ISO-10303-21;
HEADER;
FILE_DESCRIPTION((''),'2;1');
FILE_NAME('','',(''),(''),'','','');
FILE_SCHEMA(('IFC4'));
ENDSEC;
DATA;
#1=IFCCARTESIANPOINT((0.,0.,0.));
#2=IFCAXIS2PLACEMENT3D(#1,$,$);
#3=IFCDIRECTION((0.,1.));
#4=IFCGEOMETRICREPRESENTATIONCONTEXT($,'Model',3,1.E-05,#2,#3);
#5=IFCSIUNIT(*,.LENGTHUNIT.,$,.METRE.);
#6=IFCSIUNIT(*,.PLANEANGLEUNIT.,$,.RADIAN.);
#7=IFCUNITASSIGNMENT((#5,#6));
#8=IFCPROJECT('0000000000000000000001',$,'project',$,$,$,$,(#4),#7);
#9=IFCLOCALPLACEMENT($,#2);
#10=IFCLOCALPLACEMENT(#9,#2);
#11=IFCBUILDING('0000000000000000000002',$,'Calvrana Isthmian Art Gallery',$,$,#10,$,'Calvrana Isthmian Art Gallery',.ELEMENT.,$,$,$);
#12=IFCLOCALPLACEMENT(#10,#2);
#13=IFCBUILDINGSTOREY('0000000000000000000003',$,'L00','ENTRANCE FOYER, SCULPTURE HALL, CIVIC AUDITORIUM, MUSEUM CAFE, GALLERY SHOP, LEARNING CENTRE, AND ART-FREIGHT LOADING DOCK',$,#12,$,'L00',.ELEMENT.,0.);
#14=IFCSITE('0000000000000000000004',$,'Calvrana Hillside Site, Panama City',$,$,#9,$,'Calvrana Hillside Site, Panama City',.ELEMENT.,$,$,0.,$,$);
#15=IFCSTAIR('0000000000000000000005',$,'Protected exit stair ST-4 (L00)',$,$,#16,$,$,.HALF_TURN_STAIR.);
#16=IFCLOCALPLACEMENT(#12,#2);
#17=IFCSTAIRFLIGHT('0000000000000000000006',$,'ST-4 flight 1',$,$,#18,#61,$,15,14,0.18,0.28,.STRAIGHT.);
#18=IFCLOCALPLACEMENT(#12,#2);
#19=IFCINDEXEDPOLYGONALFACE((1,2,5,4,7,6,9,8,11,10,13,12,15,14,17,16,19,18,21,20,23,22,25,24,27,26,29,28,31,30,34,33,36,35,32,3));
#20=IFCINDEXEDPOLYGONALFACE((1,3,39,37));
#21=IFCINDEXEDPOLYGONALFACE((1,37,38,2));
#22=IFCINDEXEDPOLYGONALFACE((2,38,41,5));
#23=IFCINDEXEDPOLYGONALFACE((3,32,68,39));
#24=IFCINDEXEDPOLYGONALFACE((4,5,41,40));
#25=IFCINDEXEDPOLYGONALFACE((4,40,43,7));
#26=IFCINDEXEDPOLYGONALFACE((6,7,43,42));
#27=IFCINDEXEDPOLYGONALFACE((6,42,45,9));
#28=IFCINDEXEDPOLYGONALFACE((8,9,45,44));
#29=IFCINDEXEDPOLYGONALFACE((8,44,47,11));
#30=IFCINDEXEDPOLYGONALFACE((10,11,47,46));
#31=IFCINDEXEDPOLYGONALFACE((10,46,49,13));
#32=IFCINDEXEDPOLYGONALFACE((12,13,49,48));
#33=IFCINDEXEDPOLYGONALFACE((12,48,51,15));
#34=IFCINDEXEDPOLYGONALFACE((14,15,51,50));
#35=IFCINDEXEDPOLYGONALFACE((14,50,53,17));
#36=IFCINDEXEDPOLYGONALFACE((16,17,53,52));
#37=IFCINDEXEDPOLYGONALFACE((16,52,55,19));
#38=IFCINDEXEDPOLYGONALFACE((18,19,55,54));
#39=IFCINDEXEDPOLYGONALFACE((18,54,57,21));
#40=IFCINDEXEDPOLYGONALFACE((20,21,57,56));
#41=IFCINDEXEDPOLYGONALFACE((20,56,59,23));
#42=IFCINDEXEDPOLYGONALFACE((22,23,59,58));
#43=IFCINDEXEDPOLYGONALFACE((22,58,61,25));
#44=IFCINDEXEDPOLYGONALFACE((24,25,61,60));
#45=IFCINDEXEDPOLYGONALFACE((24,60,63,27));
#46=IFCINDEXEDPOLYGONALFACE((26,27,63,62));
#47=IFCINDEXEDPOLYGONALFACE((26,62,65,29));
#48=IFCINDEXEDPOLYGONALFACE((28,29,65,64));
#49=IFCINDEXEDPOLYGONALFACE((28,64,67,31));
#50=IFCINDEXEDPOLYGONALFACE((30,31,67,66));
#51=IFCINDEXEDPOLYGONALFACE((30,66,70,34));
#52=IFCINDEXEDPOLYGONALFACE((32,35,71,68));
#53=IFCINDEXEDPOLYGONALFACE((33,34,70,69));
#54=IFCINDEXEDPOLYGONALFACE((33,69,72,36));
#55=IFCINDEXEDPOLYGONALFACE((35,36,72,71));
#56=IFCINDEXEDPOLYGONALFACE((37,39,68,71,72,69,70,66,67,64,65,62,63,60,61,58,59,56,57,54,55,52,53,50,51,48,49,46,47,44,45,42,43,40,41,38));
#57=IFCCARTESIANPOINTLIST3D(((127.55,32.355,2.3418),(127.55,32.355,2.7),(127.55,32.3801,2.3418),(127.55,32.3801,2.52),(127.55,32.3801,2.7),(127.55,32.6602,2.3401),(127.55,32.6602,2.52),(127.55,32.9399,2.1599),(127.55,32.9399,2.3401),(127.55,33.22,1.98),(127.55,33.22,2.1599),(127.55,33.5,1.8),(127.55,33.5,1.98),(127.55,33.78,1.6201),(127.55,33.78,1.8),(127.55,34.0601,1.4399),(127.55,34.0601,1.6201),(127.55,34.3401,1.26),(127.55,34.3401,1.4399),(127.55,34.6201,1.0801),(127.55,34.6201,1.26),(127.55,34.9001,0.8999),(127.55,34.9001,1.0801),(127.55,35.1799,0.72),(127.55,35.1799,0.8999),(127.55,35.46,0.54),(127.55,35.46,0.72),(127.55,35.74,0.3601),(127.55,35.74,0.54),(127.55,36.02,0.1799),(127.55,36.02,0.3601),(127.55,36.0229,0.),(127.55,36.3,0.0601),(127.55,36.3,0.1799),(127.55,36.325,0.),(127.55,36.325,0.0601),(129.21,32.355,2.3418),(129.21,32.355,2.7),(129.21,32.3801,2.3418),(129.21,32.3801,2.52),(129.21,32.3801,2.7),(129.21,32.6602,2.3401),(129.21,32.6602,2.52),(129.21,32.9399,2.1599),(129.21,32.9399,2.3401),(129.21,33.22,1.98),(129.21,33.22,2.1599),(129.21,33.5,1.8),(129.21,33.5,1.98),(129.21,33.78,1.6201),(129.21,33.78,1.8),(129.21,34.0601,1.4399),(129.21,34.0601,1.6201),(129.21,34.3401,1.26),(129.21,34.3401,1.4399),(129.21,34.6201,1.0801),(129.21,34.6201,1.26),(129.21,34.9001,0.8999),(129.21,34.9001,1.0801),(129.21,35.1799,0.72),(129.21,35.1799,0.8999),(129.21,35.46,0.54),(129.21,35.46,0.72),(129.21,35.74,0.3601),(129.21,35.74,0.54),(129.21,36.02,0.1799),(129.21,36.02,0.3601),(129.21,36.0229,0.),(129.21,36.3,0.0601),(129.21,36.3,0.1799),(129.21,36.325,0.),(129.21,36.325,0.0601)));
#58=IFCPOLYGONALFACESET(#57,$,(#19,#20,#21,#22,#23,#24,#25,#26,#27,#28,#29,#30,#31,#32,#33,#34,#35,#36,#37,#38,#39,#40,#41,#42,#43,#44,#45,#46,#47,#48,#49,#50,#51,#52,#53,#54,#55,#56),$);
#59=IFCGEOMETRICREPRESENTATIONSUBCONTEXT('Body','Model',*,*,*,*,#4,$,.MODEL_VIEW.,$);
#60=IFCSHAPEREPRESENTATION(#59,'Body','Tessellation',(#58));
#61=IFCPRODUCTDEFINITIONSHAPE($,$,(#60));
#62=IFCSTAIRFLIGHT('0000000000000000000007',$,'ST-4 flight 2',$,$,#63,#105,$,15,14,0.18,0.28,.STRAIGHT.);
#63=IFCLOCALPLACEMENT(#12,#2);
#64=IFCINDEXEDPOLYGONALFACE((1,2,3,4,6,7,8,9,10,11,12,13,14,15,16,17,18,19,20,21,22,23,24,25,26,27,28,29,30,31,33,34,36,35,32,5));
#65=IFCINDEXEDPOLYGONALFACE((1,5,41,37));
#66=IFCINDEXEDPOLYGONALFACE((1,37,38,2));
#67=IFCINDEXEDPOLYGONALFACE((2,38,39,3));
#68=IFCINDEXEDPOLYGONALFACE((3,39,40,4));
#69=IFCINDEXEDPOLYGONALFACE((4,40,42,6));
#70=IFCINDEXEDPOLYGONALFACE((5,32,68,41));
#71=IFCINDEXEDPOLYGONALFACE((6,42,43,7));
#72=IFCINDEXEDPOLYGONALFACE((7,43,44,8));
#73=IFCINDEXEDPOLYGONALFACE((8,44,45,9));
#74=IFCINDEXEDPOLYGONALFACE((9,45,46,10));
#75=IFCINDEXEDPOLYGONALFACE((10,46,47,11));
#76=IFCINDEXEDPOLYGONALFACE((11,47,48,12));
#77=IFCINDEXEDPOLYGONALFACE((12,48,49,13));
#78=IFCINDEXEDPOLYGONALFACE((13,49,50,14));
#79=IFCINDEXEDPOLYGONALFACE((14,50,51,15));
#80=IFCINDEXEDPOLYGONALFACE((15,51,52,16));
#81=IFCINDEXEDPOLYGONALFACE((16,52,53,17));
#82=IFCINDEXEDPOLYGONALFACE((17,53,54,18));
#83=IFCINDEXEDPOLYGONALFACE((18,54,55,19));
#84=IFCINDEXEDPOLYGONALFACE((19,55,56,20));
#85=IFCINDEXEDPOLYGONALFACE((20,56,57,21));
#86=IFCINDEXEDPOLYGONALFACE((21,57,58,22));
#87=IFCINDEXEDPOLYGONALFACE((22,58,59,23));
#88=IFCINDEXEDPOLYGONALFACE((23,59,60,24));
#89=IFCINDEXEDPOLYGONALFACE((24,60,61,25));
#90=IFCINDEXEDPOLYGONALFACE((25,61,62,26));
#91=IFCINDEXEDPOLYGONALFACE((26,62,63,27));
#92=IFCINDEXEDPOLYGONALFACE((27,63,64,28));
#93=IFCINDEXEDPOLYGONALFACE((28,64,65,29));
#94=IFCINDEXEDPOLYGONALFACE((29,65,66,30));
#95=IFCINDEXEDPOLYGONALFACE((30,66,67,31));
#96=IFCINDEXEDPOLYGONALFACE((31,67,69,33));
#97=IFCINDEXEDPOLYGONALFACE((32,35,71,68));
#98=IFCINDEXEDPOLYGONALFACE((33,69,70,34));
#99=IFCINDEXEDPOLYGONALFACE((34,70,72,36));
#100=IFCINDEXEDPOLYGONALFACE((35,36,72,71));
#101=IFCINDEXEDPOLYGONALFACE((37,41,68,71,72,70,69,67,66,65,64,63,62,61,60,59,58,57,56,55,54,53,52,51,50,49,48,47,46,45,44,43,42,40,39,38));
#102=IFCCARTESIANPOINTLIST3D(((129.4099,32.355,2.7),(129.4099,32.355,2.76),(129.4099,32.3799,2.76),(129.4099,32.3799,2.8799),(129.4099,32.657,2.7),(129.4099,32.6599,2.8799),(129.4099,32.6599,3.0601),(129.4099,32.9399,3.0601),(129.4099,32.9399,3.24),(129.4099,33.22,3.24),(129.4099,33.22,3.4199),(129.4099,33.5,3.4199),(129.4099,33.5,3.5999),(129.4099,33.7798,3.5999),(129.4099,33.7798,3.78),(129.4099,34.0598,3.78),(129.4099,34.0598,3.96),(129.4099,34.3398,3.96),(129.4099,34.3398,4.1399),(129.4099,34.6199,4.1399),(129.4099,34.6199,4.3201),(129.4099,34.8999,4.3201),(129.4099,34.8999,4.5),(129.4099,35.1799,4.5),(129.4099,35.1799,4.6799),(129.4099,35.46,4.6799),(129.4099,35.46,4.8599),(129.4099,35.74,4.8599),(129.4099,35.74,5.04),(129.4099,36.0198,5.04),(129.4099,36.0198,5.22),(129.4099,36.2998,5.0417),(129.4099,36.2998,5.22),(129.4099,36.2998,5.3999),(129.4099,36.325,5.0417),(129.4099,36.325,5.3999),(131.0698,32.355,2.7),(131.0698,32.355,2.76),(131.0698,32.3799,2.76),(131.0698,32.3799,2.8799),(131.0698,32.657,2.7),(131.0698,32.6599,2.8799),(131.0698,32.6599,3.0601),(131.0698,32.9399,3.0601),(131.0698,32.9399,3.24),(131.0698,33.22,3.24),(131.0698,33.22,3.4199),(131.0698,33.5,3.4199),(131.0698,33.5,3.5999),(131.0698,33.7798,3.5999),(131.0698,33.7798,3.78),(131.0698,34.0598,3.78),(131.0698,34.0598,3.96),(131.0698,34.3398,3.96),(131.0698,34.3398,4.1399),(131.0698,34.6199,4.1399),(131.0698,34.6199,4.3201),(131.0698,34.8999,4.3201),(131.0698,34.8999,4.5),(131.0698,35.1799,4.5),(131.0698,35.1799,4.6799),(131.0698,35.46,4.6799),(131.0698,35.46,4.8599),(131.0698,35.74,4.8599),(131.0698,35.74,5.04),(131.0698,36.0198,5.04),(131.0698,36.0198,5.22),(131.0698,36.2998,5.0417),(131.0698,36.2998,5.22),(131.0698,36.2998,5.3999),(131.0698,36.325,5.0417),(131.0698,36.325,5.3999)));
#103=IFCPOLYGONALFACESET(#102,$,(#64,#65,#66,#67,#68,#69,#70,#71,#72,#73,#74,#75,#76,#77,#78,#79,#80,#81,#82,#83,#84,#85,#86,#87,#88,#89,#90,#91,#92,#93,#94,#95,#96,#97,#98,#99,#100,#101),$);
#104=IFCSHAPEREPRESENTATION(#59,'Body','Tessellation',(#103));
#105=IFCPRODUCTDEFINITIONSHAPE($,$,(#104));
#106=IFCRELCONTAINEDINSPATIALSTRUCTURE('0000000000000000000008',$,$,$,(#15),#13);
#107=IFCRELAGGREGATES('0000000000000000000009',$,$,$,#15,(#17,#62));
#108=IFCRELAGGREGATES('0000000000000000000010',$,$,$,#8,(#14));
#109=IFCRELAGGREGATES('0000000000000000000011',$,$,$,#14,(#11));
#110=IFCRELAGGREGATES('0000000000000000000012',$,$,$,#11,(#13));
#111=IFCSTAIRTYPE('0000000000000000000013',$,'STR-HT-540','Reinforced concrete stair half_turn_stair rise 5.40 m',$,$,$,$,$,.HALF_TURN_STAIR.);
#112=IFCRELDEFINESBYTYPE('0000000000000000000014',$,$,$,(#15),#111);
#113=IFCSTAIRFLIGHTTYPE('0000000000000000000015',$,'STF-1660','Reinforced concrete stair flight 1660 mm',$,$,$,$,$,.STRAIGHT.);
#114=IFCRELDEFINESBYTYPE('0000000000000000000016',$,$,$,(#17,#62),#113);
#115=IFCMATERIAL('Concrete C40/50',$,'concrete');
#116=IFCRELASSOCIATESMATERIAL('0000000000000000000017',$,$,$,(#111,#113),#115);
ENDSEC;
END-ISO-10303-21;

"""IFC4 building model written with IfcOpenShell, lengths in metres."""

from ifc_helpers import new_model, si_unit, direction, frame, origin, place, context, subcontext, project, spatial, polyline, outline, extrude, material, type_object, element, aggregate, save


model = new_model("IFC4")

# Units and contexts
model_context = context("Model", 3, precision=1e-05, world=origin(), true_north=direction((0.0, 1.0)))
body_context = subcontext(model_context, "Body", "Model", "MODEL_VIEW")
ifc_project = project(units=[si_unit("LENGTHUNIT", "METRE"), si_unit("PLANEANGLEUNIT", "RADIAN")], contexts=[model_context])

# Site, building, storey
site_placement = place(None, origin())
site = spatial("IfcSite", under=ifc_project, at=site_placement, Name="Calvrana Hillside Site, Panama City", LongName="Calvrana Hillside Site, Panama City", CompositionType="ELEMENT", RefElevation=0.0)
building_placement = place(site_placement, origin())
building = spatial("IfcBuilding", under=site, at=building_placement, Name="Calvrana Isthmian Art Gallery", LongName="Calvrana Isthmian Art Gallery", CompositionType="ELEMENT")
storey_placement = place(building_placement, origin())
storey = spatial("IfcBuildingStorey", under=building, at=storey_placement, Name="L00", Description="ENTRANCE FOYER, SCULPTURE HALL, CIVIC AUDITORIUM, MUSEUM CAFE, GALLERY SHOP, LEARNING CENTRE, AND ART-FREIGHT LOADING DOCK", LongName="L00", CompositionType="ELEMENT", Elevation=0.0)

# Shared definitions
ifc_material_1 = material(Name="Concrete C40/50", Category="concrete")

# Stair, stair flights
stair_type = type_object("IfcStairType", Name="STR-HT-540", Description="Reinforced concrete stair half_turn_stair rise 5.40 m", PredefinedType="HALF_TURN_STAIR", material=ifc_material_1)
stair_placement = place(storey_placement, origin())
stair = element("IfcStair", 1, at=stair_placement, inside=storey, type_object=stair_type, Name="Protected exit stair ST-4 (L00)", PredefinedType="HALF_TURN_STAIR")
stair_flight_type = type_object("IfcStairFlightType", Name="STF-1660", Description="Reinforced concrete stair flight 1660 mm", PredefinedType="STRAIGHT", material=ifc_material_1)
stair_flight_1_placement = place(storey_placement, frame((128.3799, 36.3, 0.0), z_axis=(0.0, 0.0, 1.0), x_axis=(0.0, -1.0, 0.0)))
stair_flight_1 = element("IfcStairFlight", 2, at=stair_flight_1_placement, type_object=stair_flight_type, Name="ST-4 flight 1", NumberOfRisers=15, NumberOfTreads=14, PredefinedType="STRAIGHT", RiserHeight=0.18, TreadLength=0.28, context=body_context, shape_type="SweptSolid", body=[
    extrude(outline(polyline([(-0.0249, 0.0), (-0.0249, 0.0601), (0.0, 0.0601), (0.0, 0.1799), (0.28, 0.1799), (0.28, 0.3601), (0.5601, 0.3601), (0.5601, 0.54), (0.8401, 0.54), (0.8401, 0.72), (1.1201, 0.72), (1.1201, 0.8999), (1.3999, 0.8999), (1.3999, 1.0801), (1.6799, 1.0801), (1.6799, 1.26), (1.96, 1.26), (1.96, 1.4399), (2.24, 1.4399), (2.24, 1.6201), (2.52, 1.6201), (2.52, 1.8), (2.8, 1.8), (2.8, 1.98), (3.0801, 1.98), (3.0801, 2.1599), (3.3601, 2.1599), (3.3601, 2.3401), (3.6399, 2.3401), (3.6399, 2.52), (3.9199, 2.52), (3.9199, 2.7), (3.9451, 2.7), (3.9451, 2.3418), (3.9199, 2.3418), (0.2771, 0.0), (-0.0249, 0.0)])), frame((0.0, 0.8301, 0.0), z_axis=(0.0, -1.0, 0.0), x_axis=(1.0, 0.0, 0.0)), (0.0, 0.0, 1.0), 1.6599),
])
stair_flight_2_placement = place(storey_placement, frame((130.24, 32.3799, 2.7), z_axis=(0.0, 0.0, 1.0), x_axis=(0.0, 1.0, 0.0)))
stair_flight_2 = element("IfcStairFlight", 3, at=stair_flight_2_placement, type_object=stair_flight_type, Name="ST-4 flight 2", NumberOfRisers=15, NumberOfTreads=14, PredefinedType="STRAIGHT", RiserHeight=0.18, TreadLength=0.28, context=body_context, shape_type="SweptSolid", body=[
    extrude(outline(polyline([(-0.0249, 0.0), (-0.0249, 0.0601), (0.0, 0.0601), (0.0, 0.1799), (0.28, 0.1799), (0.28, 0.3601), (0.5601, 0.3601), (0.5601, 0.54), (0.8401, 0.54), (0.8401, 0.72), (1.1201, 0.72), (1.1201, 0.8999), (1.3999, 0.8999), (1.3999, 1.0801), (1.6799, 1.0801), (1.6799, 1.26), (1.96, 1.26), (1.96, 1.4399), (2.24, 1.4399), (2.24, 1.6201), (2.52, 1.6201), (2.52, 1.8), (2.8, 1.8), (2.8, 1.98), (3.0801, 1.98), (3.0801, 2.1599), (3.3601, 2.1599), (3.3601, 2.3401), (3.6399, 2.3401), (3.6399, 2.52), (3.9199, 2.52), (3.9199, 2.7), (3.9451, 2.7), (3.9451, 2.3418), (3.9199, 2.3418), (0.2771, 0.0), (-0.0249, 0.0)])), frame((0.0, 0.8301, 0.0), z_axis=(0.0, -1.0, 0.0), x_axis=(1.0, 0.0, 0.0)), (0.0, 0.0, 1.0), 1.6599),
])
aggregate(stair, [stair_flight_1, stair_flight_2])

save(model, "model.ifc")
